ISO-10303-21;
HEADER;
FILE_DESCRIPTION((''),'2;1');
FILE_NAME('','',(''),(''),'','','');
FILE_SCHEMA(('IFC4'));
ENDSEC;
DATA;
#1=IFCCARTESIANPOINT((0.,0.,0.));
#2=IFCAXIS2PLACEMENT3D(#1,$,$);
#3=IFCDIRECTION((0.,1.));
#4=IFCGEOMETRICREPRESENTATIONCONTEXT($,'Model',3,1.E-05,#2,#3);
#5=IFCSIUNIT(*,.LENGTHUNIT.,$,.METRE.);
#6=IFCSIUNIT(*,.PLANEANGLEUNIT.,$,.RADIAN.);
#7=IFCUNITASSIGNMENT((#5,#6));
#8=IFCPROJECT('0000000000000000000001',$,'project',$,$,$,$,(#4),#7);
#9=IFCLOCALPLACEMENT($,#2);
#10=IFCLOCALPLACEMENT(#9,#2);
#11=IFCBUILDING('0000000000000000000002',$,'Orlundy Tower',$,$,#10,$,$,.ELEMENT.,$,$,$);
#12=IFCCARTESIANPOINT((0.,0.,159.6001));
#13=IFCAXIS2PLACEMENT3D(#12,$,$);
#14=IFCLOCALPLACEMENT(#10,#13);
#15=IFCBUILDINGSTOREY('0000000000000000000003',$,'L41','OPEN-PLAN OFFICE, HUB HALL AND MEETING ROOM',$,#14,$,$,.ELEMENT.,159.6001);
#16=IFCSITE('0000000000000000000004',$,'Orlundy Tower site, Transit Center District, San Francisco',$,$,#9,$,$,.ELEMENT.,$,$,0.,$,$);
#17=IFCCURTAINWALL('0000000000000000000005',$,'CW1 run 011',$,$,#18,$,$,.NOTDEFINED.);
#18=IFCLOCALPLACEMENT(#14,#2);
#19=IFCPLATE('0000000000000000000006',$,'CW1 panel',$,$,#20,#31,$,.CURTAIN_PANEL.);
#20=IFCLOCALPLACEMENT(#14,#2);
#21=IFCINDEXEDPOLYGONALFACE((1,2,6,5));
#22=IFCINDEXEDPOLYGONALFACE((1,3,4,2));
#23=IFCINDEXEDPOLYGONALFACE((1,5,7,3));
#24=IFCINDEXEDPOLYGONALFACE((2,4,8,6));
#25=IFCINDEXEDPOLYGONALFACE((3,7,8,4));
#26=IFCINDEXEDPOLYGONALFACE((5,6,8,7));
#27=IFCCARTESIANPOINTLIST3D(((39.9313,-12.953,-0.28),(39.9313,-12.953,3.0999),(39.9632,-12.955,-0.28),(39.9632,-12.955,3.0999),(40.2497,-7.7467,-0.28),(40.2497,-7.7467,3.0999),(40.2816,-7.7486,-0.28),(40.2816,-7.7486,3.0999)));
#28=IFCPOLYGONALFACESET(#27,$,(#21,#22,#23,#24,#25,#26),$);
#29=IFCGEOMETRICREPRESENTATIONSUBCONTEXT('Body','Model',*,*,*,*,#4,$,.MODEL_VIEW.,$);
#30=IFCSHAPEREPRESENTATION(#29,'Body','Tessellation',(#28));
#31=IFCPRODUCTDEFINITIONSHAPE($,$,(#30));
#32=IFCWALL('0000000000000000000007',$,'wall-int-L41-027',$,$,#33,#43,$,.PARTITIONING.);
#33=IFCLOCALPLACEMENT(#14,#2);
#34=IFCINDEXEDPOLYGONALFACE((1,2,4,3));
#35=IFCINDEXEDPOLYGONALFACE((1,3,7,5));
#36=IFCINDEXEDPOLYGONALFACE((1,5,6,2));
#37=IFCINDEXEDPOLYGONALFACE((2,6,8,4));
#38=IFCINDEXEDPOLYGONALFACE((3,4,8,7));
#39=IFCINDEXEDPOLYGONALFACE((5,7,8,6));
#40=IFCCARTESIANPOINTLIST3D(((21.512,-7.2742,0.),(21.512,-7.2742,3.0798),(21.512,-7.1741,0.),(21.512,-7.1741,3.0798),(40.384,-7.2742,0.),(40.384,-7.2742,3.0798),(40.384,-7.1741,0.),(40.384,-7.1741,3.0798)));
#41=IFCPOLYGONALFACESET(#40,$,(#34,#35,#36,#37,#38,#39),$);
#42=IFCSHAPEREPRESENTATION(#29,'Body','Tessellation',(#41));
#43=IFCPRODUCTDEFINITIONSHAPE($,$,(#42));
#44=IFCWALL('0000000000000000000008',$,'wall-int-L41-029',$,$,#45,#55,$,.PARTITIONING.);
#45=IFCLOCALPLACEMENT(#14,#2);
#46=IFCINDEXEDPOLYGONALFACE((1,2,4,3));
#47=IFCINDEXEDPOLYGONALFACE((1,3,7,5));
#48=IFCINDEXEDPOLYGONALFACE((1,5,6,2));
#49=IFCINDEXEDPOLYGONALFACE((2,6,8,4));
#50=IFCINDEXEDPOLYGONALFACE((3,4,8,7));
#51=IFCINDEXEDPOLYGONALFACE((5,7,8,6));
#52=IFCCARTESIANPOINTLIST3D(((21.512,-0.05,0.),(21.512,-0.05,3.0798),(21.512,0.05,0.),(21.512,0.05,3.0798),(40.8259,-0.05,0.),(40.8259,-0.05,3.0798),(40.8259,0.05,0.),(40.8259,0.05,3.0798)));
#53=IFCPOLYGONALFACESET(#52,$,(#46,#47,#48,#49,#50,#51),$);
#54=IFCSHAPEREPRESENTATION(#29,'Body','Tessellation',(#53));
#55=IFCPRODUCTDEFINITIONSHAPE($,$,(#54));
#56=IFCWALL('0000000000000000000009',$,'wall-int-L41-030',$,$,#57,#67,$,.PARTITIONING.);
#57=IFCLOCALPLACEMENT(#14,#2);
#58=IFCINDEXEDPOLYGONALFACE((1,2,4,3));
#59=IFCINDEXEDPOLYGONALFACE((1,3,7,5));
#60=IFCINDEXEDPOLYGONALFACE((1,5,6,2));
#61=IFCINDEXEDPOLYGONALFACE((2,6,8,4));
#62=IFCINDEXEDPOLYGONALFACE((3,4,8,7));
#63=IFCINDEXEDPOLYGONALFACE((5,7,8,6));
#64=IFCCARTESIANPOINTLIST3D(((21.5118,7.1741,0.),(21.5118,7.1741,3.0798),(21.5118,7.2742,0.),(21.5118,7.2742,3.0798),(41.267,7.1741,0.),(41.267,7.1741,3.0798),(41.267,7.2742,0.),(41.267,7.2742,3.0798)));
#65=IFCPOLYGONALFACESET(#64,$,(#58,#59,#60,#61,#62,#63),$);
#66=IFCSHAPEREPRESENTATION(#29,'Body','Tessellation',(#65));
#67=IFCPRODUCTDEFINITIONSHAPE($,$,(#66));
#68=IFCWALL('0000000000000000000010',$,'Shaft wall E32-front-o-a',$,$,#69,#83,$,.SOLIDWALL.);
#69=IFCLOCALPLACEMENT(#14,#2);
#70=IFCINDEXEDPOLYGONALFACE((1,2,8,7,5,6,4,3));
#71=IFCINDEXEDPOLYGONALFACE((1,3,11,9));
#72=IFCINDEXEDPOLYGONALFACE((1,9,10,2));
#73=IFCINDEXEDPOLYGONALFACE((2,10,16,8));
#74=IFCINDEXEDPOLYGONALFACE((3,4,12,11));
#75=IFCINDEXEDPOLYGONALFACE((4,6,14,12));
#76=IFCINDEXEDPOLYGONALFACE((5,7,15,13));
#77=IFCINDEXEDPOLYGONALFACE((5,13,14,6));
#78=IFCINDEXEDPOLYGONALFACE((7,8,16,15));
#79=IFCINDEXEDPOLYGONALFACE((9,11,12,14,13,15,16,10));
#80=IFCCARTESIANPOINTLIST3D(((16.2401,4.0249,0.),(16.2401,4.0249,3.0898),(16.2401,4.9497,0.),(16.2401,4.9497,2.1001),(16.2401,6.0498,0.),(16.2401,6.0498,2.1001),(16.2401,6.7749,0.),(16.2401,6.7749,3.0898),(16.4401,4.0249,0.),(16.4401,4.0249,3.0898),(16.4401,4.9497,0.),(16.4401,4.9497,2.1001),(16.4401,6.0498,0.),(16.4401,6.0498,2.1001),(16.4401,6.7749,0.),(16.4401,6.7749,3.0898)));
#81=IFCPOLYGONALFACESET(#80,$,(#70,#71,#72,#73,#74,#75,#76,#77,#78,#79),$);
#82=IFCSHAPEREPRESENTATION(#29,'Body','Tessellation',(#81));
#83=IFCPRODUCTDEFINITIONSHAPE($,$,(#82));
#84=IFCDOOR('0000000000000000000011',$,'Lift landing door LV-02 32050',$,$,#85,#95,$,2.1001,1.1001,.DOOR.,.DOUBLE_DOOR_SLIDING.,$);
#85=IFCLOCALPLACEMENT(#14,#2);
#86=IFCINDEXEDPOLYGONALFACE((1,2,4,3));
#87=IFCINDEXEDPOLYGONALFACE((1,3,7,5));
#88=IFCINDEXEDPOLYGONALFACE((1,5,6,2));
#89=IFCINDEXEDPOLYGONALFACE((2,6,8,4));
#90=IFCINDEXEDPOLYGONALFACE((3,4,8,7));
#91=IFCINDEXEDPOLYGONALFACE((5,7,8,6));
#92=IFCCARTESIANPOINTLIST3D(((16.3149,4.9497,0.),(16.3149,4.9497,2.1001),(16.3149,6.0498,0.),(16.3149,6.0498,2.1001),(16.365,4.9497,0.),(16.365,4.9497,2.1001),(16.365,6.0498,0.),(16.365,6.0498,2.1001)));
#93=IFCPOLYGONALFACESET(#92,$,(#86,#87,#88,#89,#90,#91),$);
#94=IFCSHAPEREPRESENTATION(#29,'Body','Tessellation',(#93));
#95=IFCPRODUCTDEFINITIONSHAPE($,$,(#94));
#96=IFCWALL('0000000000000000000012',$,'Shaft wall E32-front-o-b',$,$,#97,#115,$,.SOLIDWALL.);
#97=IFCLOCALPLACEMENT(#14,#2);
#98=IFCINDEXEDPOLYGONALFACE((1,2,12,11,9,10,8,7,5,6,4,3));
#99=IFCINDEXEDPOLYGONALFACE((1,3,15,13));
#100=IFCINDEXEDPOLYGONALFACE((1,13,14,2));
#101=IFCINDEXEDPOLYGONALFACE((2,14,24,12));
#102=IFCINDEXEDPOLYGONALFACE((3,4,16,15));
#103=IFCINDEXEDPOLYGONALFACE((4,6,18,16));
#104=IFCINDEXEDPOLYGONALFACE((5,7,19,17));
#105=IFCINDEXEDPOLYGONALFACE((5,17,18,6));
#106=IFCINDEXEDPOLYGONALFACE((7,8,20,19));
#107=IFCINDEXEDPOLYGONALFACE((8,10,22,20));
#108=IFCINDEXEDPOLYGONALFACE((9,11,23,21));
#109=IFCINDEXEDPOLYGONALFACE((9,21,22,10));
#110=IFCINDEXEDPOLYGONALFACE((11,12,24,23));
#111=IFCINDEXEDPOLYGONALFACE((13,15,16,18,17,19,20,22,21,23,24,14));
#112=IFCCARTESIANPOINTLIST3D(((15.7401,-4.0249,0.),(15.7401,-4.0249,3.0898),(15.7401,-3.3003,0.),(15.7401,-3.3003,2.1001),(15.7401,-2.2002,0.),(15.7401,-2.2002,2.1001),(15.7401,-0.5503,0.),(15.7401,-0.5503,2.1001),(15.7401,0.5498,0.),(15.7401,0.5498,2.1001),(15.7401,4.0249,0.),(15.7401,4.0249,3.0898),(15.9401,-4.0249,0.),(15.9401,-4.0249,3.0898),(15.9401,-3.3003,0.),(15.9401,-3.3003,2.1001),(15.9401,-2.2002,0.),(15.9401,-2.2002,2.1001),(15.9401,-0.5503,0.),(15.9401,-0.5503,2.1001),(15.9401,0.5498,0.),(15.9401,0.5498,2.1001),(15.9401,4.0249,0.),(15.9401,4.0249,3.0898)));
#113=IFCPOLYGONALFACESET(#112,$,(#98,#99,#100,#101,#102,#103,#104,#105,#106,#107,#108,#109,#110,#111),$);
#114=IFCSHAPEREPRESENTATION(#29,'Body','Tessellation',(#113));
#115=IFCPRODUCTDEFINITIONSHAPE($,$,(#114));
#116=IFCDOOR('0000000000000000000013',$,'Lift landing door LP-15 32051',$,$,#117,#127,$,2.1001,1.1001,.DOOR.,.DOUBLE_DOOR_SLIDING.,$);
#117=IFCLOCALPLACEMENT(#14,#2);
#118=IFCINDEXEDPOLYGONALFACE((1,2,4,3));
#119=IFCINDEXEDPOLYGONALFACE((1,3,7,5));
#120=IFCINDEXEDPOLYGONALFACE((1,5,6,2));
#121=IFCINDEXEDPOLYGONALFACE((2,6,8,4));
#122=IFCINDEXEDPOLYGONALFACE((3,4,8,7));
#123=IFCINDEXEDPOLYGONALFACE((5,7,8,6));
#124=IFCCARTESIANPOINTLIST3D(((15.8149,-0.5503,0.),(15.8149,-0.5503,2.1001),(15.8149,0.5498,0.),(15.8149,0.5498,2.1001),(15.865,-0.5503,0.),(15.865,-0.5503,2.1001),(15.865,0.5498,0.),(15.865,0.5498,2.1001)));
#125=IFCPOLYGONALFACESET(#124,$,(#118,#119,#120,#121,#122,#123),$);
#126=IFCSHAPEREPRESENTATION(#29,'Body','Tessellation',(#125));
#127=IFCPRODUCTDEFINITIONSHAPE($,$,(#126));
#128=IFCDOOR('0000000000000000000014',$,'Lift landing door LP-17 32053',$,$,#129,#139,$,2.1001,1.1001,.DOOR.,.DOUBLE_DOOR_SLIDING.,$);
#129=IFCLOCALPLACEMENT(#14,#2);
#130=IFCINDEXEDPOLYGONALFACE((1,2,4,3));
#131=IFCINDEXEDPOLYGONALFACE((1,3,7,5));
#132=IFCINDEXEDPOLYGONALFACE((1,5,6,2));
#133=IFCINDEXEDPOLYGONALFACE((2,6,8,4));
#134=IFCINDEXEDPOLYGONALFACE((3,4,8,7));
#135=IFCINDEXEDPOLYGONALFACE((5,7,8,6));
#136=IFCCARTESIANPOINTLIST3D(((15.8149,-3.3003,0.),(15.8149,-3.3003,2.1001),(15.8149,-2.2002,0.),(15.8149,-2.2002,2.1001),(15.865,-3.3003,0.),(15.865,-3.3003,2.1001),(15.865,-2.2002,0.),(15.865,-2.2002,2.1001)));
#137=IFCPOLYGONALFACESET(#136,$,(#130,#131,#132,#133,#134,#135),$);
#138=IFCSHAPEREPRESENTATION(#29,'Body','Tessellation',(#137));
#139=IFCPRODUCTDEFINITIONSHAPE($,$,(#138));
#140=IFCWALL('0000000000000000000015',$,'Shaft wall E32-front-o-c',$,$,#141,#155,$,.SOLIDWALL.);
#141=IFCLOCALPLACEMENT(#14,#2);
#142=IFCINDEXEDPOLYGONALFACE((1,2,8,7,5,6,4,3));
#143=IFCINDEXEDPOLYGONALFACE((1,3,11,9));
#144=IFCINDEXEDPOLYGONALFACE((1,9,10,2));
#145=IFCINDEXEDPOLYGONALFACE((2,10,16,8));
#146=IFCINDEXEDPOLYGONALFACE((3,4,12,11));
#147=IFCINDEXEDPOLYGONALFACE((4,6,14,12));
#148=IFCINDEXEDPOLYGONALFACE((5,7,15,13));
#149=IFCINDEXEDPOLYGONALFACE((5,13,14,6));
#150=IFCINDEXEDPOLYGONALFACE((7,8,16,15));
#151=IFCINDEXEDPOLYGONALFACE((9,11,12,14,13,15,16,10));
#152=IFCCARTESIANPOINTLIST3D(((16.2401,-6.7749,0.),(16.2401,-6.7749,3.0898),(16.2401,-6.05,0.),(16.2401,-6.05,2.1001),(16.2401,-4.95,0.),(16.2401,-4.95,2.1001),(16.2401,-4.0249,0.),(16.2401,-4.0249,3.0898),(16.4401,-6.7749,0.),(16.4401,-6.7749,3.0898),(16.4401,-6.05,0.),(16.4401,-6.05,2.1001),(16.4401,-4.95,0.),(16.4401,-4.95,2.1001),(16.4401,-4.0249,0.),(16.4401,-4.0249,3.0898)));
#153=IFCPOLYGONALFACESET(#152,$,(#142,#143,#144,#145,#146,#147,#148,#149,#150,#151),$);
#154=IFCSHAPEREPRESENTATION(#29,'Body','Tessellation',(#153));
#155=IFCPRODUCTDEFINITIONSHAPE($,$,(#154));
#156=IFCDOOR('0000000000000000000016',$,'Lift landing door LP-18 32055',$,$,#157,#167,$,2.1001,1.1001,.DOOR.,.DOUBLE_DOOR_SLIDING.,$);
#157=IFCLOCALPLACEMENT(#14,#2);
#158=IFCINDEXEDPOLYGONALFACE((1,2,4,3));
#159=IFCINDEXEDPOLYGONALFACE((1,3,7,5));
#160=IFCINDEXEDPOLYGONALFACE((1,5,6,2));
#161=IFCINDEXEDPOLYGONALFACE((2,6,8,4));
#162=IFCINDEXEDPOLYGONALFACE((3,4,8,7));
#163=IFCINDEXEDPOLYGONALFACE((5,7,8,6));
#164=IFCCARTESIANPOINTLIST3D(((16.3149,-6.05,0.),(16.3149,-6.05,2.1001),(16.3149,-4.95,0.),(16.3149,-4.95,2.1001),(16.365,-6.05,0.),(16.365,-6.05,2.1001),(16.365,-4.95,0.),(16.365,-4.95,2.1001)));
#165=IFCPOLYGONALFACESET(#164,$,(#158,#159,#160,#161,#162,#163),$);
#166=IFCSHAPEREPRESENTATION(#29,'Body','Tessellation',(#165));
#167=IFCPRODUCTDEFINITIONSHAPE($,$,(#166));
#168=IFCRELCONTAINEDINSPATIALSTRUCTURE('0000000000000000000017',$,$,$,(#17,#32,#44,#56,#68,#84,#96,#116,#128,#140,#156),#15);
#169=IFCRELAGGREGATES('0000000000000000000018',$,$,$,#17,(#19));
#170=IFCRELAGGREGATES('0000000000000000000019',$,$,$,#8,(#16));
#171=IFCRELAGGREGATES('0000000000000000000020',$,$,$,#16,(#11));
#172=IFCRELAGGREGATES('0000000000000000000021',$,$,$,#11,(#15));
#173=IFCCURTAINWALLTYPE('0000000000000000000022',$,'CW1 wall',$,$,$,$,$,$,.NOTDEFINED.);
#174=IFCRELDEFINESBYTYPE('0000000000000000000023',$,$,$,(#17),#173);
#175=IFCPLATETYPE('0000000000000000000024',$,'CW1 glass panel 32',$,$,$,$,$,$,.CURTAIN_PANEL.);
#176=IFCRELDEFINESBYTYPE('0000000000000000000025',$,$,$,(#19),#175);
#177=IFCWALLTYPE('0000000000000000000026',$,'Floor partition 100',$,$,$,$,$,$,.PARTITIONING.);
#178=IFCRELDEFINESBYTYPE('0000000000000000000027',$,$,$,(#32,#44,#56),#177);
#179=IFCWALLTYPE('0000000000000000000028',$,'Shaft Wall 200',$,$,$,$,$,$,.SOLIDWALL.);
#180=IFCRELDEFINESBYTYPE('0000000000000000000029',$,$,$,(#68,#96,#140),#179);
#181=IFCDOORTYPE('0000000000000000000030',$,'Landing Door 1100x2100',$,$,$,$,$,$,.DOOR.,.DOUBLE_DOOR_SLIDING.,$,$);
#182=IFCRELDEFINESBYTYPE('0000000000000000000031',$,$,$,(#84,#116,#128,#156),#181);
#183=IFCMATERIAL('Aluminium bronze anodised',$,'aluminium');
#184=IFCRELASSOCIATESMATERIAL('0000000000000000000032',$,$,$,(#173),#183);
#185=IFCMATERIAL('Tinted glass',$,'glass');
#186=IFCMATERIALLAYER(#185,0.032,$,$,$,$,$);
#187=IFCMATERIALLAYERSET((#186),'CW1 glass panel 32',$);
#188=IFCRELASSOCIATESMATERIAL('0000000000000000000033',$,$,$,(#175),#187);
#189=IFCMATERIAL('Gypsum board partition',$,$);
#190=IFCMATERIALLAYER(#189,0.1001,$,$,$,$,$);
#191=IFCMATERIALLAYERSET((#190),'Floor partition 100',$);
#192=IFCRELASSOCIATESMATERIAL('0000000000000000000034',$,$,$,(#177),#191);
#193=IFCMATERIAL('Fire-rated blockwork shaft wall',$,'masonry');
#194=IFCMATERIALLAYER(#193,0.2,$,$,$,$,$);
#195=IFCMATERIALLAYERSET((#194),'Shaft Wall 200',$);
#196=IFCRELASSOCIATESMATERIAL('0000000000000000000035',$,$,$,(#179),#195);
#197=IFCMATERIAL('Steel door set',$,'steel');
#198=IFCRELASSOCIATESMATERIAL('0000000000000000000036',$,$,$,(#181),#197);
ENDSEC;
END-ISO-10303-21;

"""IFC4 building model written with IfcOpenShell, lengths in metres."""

from ifc_helpers import new_model, si_unit, direction, frame, frame_2d, origin, origin_2d, place, context, subcontext, project, spatial, rectangle, extrude, material, layer, layer_set, type_object, element, fill, aggregate, save


model = new_model("IFC4")

# Units and contexts
model_context = context("Model", 3, precision=1e-05, world=origin(), true_north=direction((0.0, 1.0)))
body_context = subcontext(model_context, "Body", "Model", "MODEL_VIEW")
ifc_project = project(units=[si_unit("LENGTHUNIT", "METRE"), si_unit("PLANEANGLEUNIT", "RADIAN")], contexts=[model_context])

# Site, building, storey
site_placement = place(None, origin())
site = spatial("IfcSite", under=ifc_project, at=site_placement, Name="Orlundy Tower site, Transit Center District, San Francisco", CompositionType="ELEMENT", RefElevation=0.0)
building_placement = place(site_placement, origin())
building = spatial("IfcBuilding", under=site, at=building_placement, Name="Orlundy Tower", CompositionType="ELEMENT")
storey_placement = place(building_placement, frame((0.0, 0.0, 159.6001)))
storey = spatial("IfcBuildingStorey", under=building, at=storey_placement, Name="L41", Description="OPEN-PLAN OFFICE, HUB HALL AND MEETING ROOM", CompositionType="ELEMENT", Elevation=159.6001)

# Curtain wall
ifc_material_1 = material(Name="Aluminium bronze anodised", Category="aluminium")
curtain_wall_type = type_object("IfcCurtainWallType", Name="CW1 wall", PredefinedType="NOTDEFINED", material=ifc_material_1)
curtain_wall_1_placement = place(storey_placement, origin())
curtain_wall_1 = element("IfcCurtainWall", 1, at=curtain_wall_1_placement, inside=storey, type_object=curtain_wall_type, Name="CW1 run 011", PredefinedType="NOTDEFINED")

# Shared definitions
ifc_material_2 = material(Name="Tinted glass", Category="glass")
ifc_layer_1 = layer(ifc_material_2, 0.032)
ifc_layer_set_1 = layer_set([ifc_layer_1], Name="CW1 glass panel 32")
plate_type = type_object("IfcPlateType", Name="CW1 glass panel 32", PredefinedType="CURTAIN_PANEL", material=ifc_layer_set_1)

# Plate
plate_1_placement = place(storey_placement, frame((40.1064, -10.3508, -0.28), z_axis=(0.0, 0.0, 1.0), x_axis=(-0.061047, -0.998135, 0.0)))
plate_1 = element("IfcPlate", 2, at=plate_1_placement, type_object=plate_type, Name="CW1 panel", PredefinedType="CURTAIN_PANEL", context=body_context, shape_type="SweptSolid", body=[
    extrude(rectangle(XDim=5.2161, YDim=0.032, at=origin_2d()), origin(), (0.0, 0.0, 1.0), 3.3799),
])
aggregate(curtain_wall_1, [plate_1])

# Walls
ifc_material_3 = material(Name="Gypsum board partition")
ifc_layer_2 = layer(ifc_material_3, 0.1001)
ifc_layer_set_2 = layer_set([ifc_layer_2], Name="Floor partition 100")
wall_type_1 = type_object("IfcWallType", Name="Floor partition 100", PredefinedType="PARTITIONING", material=ifc_layer_set_2)
wall_1_placement = place(storey_placement, frame((21.512, -7.2241, 0.0), z_axis=(0.0, 0.0, 1.0), x_axis=(1.0, 0.0, 0.0)))
element("IfcWall", 3, at=wall_1_placement, inside=storey, type_object=wall_type_1, Name="wall-int-L41-027", PredefinedType="PARTITIONING", context=body_context, shape_type="SweptSolid", body=[
    extrude(rectangle(XDim=18.8721, YDim=0.1001, at=frame_2d((9.436, 0.0))), origin(), (0.0, 0.0, 1.0), 3.0798),
])
wall_2_placement = place(storey_placement, frame((21.512, 0.0, 0.0), z_axis=(0.0, 0.0, 1.0), x_axis=(1.0, 0.0, 0.0)))
element("IfcWall", 4, at=wall_2_placement, inside=storey, type_object=wall_type_1, Name="wall-int-L41-029", PredefinedType="PARTITIONING", context=body_context, shape_type="SweptSolid", body=[
    extrude(rectangle(XDim=19.314, YDim=0.1001, at=frame_2d((9.657, 0.0))), origin(), (0.0, 0.0, 1.0), 3.0798),
])
wall_3_placement = place(storey_placement, frame((21.512, 7.2241, 0.0), z_axis=(0.0, 0.0, 1.0), x_axis=(1.0, 0.0, 0.0)))
element("IfcWall", 5, at=wall_3_placement, inside=storey, type_object=wall_type_1, Name="wall-int-L41-030", PredefinedType="PARTITIONING", context=body_context, shape_type="SweptSolid", body=[
    extrude(rectangle(XDim=19.7551, YDim=0.1001, at=frame_2d((9.8774, 0.0))), origin(), (0.0, 0.0, 1.0), 3.0798),
])

# Wall, opening, door
ifc_material_4 = material(Name="Fire-rated blockwork shaft wall", Category="masonry")
ifc_layer_3 = layer(ifc_material_4, 0.2)
ifc_layer_set_3 = layer_set([ifc_layer_3], Name="Shaft Wall 200")
wall_type_2 = type_object("IfcWallType", Name="Shaft Wall 200", PredefinedType="SOLIDWALL", material=ifc_layer_set_3)
wall_4_placement = place(storey_placement, frame((16.3401, 6.7749, 0.0), z_axis=(0.0, 0.0, 1.0), x_axis=(0.0, -1.0, 0.0)))
wall_4 = element("IfcWall", 6, at=wall_4_placement, inside=storey, type_object=wall_type_2, Name="Shaft wall E32-front-o-a", PredefinedType="SOLIDWALL", context=body_context, shape_type="SweptSolid", body=[
    extrude(rectangle(XDim=2.75, YDim=0.2, at=frame_2d((1.375, 0.0))), origin(), (0.0, 0.0, 1.0), 3.0898),
])
opening_1_placement = place(wall_4_placement, frame((0.7251, 0.0, 0.0)))
opening_1 = element("IfcOpeningElement", 7, at=opening_1_placement, cuts=wall_4, PredefinedType="OPENING", context=body_context, shape_type="SweptSolid", body=[
    extrude(rectangle(XDim=1.1001, YDim=2.1001, at=frame_2d((0.55, 1.05))), frame((0.0, 0.1101, 0.0), z_axis=(0.0, -1.0, 0.0), x_axis=(1.0, 0.0, 0.0)), (0.0, 0.0, 1.0), 0.2202),
])
ifc_material_5 = material(Name="Steel door set", Category="steel")
door_type = type_object("IfcDoorType", Name="Landing Door 1100x2100", OperationType="DOUBLE_DOOR_SLIDING", PredefinedType="DOOR", material=ifc_material_5)
door_1_placement = place(opening_1_placement, origin())
door_1 = element("IfcDoor", 8, at=door_1_placement, inside=storey, type_object=door_type, Name="Lift landing door LV-02 32050", OperationType="DOUBLE_DOOR_SLIDING", OverallHeight=2.1001, OverallWidth=1.1001, PredefinedType="DOOR", context=body_context, shape_type="SweptSolid", body=[
    extrude(rectangle(XDim=1.1001, YDim=2.1001, at=frame_2d((0.55, 1.05))), frame((0.0, 0.0249, 0.0), z_axis=(0.0, -1.0, 0.0), x_axis=(1.0, 0.0, 0.0)), (0.0, 0.0, 1.0), 0.05),
])
fill(opening_1, door_1)

# Wall, openings, doors
wall_5_placement = place(storey_placement, frame((15.8401, 4.0249, 0.0), z_axis=(0.0, 0.0, 1.0), x_axis=(0.0, -1.0, 0.0)))
wall_5 = element("IfcWall", 9, at=wall_5_placement, inside=storey, type_object=wall_type_2, Name="Shaft wall E32-front-o-b", PredefinedType="SOLIDWALL", context=body_context, shape_type="SweptSolid", body=[
    extrude(rectangle(XDim=8.0498, YDim=0.2, at=frame_2d((4.0249, 0.0))), origin(), (0.0, 0.0, 1.0), 3.0898),
])
opening_2_placement = place(wall_5_placement, frame((3.4751, 0.0, 0.0)))
opening_2 = element("IfcOpeningElement", 10, at=opening_2_placement, cuts=wall_5, PredefinedType="OPENING", context=body_context, shape_type="SweptSolid", body=[
    extrude(rectangle(XDim=1.1001, YDim=2.1001, at=frame_2d((0.55, 1.05))), frame((0.0, 0.1101, 0.0), z_axis=(0.0, -1.0, 0.0), x_axis=(1.0, 0.0, 0.0)), (0.0, 0.0, 1.0), 0.2202),
])
opening_3_placement = place(wall_5_placement, frame((6.2251, 0.0, 0.0)))
opening_3 = element("IfcOpeningElement", 11, at=opening_3_placement, cuts=wall_5, PredefinedType="OPENING", context=body_context, shape_type="SweptSolid", body=[
    extrude(rectangle(XDim=1.1001, YDim=2.1001, at=frame_2d((0.55, 1.05))), frame((0.0, 0.1101, 0.0), z_axis=(0.0, -1.0, 0.0), x_axis=(1.0, 0.0, 0.0)), (0.0, 0.0, 1.0), 0.2202),
])
door_2_placement = place(opening_2_placement, origin())
door_2 = element("IfcDoor", 12, at=door_2_placement, inside=storey, type_object=door_type, Name="Lift landing door LP-15 32051", OperationType="DOUBLE_DOOR_SLIDING", OverallHeight=2.1001, OverallWidth=1.1001, PredefinedType="DOOR", context=body_context, shape_type="SweptSolid", body=[
    extrude(rectangle(XDim=1.1001, YDim=2.1001, at=frame_2d((0.55, 1.05))), frame((0.0, 0.0249, 0.0), z_axis=(0.0, -1.0, 0.0), x_axis=(1.0, 0.0, 0.0)), (0.0, 0.0, 1.0), 0.05),
])
fill(opening_2, door_2)
door_3_placement = place(opening_3_placement, origin())
door_3 = element("IfcDoor", 13, at=door_3_placement, inside=storey, type_object=door_type, Name="Lift landing door LP-17 32053", OperationType="DOUBLE_DOOR_SLIDING", OverallHeight=2.1001, OverallWidth=1.1001, PredefinedType="DOOR", context=body_context, shape_type="SweptSolid", body=[
    extrude(rectangle(XDim=1.1001, YDim=2.1001, at=frame_2d((0.55, 1.05))), frame((0.0, 0.0249, 0.0), z_axis=(0.0, -1.0, 0.0), x_axis=(1.0, 0.0, 0.0)), (0.0, 0.0, 1.0), 0.05),
])
fill(opening_3, door_3)

# Wall, opening, door
wall_6_placement = place(storey_placement, frame((16.3401, -4.0249, 0.0), z_axis=(0.0, 0.0, 1.0), x_axis=(0.0, -1.0, 0.0)))
wall_6 = element("IfcWall", 14, at=wall_6_placement, inside=storey, type_object=wall_type_2, Name="Shaft wall E32-front-o-c", PredefinedType="SOLIDWALL", context=body_context, shape_type="SweptSolid", body=[
    extrude(rectangle(XDim=2.75, YDim=0.2, at=frame_2d((1.375, 0.0))), origin(), (0.0, 0.0, 1.0), 3.0898),
])
opening_4_placement = place(wall_6_placement, frame((0.925, 0.0, 0.0)))
opening_4 = element("IfcOpeningElement", 15, at=opening_4_placement, cuts=wall_6, PredefinedType="OPENING", context=body_context, shape_type="SweptSolid", body=[
    extrude(rectangle(XDim=1.1001, YDim=2.1001, at=frame_2d((0.55, 1.05))), frame((0.0, 0.1101, 0.0), z_axis=(0.0, -1.0, 0.0), x_axis=(1.0, 0.0, 0.0)), (0.0, 0.0, 1.0), 0.2202),
])
door_4_placement = place(opening_4_placement, origin())
door_4 = element("IfcDoor", 16, at=door_4_placement, inside=storey, type_object=door_type, Name="Lift landing door LP-18 32055", OperationType="DOUBLE_DOOR_SLIDING", OverallHeight=2.1001, OverallWidth=1.1001, PredefinedType="DOOR", context=body_context, shape_type="SweptSolid", body=[
    extrude(rectangle(XDim=1.1001, YDim=2.1001, at=frame_2d((0.55, 1.05))), frame((0.0, 0.0249, 0.0), z_axis=(0.0, -1.0, 0.0), x_axis=(1.0, 0.0, 0.0)), (0.0, 0.0, 1.0), 0.05),
])
fill(opening_4, door_4)

save(model, "model.ifc")
